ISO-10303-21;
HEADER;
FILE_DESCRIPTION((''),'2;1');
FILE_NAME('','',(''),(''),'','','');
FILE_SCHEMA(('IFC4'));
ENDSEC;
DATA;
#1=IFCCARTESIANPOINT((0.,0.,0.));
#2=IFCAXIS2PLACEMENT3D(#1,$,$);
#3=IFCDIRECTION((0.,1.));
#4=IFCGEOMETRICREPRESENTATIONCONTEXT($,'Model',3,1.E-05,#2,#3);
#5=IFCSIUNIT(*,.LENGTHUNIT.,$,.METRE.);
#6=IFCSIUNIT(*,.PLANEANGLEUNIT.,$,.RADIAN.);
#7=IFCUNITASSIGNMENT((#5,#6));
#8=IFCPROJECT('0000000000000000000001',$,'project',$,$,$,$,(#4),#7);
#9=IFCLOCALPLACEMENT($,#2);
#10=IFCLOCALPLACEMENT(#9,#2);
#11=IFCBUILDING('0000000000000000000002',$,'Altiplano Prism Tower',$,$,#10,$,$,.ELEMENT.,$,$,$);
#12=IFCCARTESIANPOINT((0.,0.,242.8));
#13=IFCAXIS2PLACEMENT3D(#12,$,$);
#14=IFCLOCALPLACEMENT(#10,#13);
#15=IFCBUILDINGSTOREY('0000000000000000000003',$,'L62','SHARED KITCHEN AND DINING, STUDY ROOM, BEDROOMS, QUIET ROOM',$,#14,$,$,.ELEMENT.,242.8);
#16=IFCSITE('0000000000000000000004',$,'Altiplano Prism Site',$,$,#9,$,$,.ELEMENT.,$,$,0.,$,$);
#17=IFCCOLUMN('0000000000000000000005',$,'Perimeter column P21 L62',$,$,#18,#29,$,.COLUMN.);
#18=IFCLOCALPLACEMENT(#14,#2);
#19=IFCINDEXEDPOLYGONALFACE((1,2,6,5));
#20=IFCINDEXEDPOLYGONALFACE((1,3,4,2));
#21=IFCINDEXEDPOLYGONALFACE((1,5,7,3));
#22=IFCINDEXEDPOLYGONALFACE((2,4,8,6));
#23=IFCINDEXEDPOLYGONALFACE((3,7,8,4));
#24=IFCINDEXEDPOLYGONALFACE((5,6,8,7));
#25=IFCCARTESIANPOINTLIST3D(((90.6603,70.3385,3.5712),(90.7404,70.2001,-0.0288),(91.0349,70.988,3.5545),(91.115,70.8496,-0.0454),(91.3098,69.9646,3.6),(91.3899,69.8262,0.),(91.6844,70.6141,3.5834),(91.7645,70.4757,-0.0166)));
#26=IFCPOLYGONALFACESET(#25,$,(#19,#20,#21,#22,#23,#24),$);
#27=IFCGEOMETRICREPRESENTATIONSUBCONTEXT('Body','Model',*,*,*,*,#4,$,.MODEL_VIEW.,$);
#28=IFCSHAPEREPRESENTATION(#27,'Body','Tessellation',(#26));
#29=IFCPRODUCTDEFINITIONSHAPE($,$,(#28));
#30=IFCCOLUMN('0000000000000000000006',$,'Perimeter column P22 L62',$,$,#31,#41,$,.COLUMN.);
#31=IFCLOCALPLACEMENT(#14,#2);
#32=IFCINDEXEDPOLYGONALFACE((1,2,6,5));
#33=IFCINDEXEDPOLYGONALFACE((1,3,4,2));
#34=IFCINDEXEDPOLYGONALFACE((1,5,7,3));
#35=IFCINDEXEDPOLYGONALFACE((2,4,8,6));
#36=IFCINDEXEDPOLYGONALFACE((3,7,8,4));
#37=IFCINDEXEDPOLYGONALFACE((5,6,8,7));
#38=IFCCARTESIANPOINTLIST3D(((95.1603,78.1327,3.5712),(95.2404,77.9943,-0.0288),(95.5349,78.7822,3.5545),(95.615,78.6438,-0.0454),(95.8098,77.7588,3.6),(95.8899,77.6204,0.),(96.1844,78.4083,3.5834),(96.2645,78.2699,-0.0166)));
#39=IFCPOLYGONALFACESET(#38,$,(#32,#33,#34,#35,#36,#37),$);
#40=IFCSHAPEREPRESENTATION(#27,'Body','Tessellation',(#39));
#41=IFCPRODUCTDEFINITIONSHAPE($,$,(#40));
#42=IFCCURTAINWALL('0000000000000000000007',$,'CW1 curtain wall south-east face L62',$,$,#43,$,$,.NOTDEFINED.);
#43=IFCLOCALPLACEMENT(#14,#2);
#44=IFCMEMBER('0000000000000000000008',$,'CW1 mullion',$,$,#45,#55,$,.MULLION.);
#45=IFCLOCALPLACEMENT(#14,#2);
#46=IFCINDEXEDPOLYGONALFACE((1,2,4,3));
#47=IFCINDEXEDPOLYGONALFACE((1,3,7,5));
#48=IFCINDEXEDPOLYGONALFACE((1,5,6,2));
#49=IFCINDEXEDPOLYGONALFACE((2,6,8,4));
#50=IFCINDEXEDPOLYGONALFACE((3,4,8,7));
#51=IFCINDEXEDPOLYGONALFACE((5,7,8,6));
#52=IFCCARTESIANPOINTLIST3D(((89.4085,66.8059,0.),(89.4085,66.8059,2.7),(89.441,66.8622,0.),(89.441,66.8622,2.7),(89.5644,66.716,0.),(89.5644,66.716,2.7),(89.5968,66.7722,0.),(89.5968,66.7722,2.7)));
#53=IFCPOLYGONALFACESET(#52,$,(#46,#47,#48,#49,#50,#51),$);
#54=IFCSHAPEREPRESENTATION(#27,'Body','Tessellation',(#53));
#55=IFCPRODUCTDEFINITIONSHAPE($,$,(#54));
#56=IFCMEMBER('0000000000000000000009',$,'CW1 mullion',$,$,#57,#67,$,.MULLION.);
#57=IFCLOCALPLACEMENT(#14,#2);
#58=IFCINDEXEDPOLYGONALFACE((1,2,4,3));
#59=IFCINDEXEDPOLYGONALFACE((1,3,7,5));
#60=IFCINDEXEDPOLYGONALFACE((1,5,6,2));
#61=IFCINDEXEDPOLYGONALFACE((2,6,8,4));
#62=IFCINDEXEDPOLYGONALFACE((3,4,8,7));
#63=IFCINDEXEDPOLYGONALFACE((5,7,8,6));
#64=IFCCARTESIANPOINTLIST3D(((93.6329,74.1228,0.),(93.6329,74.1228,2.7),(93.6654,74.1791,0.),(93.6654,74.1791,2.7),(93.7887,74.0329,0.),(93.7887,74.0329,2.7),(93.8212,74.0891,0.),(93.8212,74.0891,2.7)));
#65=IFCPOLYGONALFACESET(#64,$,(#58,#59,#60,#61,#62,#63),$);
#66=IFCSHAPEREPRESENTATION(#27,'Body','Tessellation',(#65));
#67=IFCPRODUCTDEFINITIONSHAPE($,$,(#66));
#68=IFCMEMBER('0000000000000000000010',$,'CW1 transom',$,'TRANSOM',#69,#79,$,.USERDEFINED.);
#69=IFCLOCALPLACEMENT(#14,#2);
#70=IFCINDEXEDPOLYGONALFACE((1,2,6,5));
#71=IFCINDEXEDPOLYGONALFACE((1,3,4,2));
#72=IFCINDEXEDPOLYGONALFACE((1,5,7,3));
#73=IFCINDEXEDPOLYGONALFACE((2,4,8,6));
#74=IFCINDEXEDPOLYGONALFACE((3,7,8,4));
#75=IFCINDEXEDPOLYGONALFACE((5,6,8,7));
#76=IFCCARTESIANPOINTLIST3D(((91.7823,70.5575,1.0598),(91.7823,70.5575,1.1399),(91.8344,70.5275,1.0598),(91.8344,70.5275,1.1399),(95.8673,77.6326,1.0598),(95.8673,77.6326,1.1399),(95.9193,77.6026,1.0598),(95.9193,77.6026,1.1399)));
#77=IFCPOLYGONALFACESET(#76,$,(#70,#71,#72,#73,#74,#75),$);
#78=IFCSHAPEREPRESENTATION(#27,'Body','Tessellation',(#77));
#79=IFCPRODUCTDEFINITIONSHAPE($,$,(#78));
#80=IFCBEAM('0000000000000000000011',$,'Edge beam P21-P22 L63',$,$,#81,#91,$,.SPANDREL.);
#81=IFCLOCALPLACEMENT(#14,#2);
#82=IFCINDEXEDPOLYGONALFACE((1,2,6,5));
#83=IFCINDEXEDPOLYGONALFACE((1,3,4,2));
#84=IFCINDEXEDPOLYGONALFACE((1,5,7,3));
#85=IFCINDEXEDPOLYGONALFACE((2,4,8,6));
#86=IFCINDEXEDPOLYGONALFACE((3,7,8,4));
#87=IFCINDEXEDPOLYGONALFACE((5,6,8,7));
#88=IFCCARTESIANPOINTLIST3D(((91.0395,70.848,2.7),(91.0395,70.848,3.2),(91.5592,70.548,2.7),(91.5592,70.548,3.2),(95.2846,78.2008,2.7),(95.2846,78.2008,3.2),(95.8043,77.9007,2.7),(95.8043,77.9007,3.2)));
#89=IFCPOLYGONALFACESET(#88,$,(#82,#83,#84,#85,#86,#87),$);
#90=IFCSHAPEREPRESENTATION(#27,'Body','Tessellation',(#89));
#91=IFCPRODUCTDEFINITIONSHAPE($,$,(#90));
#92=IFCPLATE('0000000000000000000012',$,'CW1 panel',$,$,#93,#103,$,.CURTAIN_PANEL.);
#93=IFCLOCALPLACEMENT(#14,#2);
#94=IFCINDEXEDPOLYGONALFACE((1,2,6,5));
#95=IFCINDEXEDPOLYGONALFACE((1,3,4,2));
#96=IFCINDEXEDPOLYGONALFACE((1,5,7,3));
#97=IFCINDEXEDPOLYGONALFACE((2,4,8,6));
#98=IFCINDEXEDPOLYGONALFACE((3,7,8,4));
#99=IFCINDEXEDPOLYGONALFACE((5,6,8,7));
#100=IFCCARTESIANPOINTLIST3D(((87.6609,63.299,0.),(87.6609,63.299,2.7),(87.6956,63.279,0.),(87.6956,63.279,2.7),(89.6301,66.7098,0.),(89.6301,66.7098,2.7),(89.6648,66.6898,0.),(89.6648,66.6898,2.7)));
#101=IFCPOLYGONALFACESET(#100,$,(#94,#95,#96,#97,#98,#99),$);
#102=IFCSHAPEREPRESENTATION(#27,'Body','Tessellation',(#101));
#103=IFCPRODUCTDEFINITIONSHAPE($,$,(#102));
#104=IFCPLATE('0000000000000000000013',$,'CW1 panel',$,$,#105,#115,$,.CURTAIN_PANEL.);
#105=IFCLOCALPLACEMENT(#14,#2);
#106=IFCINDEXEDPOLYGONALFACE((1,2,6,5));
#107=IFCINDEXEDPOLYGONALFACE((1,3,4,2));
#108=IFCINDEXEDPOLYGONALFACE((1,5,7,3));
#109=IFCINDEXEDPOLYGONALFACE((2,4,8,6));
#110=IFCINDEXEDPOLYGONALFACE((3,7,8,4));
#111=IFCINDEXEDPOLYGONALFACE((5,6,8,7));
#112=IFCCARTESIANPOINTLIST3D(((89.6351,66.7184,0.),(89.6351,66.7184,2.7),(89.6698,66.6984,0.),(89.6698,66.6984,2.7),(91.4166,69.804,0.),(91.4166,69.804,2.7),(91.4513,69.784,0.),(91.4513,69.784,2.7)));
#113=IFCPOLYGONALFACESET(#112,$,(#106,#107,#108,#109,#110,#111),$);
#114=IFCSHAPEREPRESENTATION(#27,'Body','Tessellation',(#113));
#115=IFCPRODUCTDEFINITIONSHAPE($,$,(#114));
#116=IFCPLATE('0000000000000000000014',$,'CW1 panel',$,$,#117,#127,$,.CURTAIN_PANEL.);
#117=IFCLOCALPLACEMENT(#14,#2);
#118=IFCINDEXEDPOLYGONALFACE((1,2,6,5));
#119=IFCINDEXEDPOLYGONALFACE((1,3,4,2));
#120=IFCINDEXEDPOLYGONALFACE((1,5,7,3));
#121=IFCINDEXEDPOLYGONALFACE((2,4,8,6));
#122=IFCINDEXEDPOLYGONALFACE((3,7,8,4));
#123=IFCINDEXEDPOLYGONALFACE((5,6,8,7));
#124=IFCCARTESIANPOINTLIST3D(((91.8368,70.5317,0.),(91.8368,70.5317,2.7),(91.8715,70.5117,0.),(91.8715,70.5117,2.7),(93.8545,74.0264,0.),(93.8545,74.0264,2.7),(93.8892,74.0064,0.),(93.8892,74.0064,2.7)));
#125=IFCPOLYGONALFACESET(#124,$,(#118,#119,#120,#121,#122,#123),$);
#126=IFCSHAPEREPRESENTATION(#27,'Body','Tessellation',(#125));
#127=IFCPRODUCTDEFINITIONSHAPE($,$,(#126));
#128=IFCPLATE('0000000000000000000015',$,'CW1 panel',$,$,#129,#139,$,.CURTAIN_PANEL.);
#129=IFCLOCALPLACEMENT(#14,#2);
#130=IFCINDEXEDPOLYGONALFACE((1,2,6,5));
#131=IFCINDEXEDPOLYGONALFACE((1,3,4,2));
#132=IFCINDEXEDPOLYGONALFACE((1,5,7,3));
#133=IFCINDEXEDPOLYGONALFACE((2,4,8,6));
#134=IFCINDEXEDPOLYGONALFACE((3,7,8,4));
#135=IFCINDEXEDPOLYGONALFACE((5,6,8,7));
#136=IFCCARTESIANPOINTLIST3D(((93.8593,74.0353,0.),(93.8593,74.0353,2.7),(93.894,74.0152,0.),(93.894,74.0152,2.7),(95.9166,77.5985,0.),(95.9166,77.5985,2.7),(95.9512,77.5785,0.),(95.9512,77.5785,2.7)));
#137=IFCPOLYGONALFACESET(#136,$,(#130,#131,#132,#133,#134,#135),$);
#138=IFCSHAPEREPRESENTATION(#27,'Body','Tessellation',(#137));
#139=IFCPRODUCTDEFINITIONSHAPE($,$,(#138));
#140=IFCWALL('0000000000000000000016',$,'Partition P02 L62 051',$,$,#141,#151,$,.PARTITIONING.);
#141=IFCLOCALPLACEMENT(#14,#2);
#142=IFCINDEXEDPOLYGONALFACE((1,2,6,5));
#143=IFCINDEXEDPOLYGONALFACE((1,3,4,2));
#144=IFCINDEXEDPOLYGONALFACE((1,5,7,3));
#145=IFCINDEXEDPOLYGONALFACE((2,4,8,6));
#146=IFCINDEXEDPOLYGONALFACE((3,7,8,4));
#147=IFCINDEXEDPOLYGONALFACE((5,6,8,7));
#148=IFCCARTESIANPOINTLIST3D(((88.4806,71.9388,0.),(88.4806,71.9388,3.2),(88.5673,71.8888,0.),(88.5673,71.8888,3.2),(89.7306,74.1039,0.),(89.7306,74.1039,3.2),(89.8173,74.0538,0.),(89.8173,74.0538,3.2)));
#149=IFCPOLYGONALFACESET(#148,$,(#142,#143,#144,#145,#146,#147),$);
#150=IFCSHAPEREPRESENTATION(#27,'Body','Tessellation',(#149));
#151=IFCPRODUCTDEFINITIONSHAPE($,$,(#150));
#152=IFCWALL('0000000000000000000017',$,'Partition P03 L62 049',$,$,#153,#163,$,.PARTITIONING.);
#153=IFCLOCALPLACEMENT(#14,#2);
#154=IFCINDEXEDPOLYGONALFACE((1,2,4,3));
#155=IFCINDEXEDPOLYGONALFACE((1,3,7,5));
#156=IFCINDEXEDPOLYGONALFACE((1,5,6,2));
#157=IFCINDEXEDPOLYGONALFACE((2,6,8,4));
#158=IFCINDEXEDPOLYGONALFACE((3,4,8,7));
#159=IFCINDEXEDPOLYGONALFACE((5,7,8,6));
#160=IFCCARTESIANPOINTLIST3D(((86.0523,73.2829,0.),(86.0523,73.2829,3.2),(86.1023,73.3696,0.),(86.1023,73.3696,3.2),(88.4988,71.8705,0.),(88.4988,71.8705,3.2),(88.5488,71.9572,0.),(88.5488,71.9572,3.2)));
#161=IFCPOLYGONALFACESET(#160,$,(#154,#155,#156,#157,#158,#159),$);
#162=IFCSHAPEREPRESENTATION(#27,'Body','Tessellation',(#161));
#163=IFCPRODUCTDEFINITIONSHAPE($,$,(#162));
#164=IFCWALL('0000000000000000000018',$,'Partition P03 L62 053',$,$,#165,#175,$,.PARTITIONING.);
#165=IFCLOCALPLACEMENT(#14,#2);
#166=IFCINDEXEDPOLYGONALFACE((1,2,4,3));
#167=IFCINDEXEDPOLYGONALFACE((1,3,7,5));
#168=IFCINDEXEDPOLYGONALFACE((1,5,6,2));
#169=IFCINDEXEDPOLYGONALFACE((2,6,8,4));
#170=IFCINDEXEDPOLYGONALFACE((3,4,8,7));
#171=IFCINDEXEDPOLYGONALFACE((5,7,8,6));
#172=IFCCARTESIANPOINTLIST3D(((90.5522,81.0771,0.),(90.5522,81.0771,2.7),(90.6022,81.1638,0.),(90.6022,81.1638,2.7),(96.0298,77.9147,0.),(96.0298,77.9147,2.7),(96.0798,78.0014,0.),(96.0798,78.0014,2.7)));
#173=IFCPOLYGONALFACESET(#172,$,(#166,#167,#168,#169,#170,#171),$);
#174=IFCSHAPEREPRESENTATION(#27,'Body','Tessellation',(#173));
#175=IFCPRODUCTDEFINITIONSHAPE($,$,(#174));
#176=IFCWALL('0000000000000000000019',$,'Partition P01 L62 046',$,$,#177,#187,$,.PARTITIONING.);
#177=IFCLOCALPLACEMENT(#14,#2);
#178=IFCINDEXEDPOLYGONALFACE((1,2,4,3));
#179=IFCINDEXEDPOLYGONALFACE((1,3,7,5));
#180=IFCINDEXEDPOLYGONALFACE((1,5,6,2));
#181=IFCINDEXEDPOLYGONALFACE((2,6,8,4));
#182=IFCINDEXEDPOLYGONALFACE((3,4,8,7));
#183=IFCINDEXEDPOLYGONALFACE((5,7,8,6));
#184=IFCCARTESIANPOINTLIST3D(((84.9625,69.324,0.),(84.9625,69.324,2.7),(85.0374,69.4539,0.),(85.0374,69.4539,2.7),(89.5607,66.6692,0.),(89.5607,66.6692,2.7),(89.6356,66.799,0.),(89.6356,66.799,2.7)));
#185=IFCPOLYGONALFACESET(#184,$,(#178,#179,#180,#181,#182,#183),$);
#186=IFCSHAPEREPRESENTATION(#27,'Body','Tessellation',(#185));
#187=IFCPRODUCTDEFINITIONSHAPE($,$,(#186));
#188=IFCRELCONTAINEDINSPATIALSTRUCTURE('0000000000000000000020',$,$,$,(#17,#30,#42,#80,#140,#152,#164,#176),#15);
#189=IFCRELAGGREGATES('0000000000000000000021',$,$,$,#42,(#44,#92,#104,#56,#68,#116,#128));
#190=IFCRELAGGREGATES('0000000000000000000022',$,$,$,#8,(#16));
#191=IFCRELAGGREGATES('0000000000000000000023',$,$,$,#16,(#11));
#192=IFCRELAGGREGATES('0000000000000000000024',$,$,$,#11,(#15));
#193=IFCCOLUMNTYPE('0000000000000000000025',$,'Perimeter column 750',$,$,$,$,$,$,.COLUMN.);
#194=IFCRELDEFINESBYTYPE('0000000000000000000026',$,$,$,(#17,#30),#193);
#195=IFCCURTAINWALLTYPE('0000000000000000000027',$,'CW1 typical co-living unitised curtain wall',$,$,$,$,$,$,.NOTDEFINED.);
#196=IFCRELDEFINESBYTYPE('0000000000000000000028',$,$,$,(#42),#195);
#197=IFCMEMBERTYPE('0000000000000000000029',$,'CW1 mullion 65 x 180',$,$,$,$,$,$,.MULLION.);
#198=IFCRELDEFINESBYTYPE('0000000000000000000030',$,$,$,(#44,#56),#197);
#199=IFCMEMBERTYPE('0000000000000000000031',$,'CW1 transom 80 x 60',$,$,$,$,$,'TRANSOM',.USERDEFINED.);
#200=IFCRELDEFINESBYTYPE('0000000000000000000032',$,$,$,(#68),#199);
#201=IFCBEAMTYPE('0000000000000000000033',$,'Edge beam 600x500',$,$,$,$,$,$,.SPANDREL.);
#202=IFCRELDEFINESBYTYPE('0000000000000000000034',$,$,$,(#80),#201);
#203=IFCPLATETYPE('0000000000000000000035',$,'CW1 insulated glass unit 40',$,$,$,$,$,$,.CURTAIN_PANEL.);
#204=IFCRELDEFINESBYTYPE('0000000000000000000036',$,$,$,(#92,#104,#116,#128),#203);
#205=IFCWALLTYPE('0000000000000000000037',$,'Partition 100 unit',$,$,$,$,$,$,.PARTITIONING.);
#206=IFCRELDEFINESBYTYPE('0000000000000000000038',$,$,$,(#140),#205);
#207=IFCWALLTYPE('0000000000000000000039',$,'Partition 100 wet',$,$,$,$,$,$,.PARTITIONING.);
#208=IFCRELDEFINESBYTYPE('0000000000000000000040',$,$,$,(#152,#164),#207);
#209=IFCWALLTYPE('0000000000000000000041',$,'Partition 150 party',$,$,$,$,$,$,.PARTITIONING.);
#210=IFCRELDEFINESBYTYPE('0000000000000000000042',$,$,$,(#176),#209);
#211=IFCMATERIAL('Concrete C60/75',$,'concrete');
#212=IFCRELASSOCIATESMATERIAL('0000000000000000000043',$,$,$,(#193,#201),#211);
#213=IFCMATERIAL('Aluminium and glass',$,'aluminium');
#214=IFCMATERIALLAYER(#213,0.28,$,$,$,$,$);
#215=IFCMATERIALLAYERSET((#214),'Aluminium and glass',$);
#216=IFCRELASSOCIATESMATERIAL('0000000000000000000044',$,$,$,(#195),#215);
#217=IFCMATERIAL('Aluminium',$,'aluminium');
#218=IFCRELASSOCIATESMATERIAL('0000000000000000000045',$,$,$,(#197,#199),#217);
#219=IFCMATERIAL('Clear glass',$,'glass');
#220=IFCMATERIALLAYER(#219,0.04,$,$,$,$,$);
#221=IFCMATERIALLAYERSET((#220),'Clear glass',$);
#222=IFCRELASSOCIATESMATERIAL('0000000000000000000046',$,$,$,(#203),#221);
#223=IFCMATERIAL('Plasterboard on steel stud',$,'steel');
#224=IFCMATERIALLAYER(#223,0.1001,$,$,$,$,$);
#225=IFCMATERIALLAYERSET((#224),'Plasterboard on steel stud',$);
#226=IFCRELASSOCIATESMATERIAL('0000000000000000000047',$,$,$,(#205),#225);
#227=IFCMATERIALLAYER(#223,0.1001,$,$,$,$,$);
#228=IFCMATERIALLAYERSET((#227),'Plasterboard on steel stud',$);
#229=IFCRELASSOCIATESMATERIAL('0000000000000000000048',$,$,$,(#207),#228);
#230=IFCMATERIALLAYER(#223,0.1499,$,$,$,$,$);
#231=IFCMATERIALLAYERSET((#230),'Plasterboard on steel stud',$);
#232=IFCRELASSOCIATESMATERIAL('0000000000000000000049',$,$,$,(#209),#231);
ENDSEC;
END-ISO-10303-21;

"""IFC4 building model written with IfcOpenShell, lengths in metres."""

from ifc_helpers import new_model, si_unit, direction, frame, frame_2d, origin, origin_2d, place, context, subcontext, project, spatial, rectangle, extrude, material, layer, layer_set, material_profile, profile_set, type_object, element, aggregate, save


model = new_model("IFC4")

# Units and contexts
model_context = context("Model", 3, precision=1e-05, world=origin(), true_north=direction((0.0, 1.0)))
body_context = subcontext(model_context, "Body", "Model", "MODEL_VIEW")
ifc_project = project(units=[si_unit("LENGTHUNIT", "METRE"), si_unit("PLANEANGLEUNIT", "RADIAN")], contexts=[model_context])

# Site, building, storey
site_placement = place(None, origin())
site = spatial("IfcSite", under=ifc_project, at=site_placement, Name="Altiplano Prism Site", CompositionType="ELEMENT", RefElevation=0.0)
building_placement = place(site_placement, origin())
building = spatial("IfcBuilding", under=site, at=building_placement, Name="Altiplano Prism Tower", CompositionType="ELEMENT")
storey_placement = place(building_placement, frame((0.0, 0.0, 242.8)))
storey = spatial("IfcBuildingStorey", under=building, at=storey_placement, Name="L62", Description="SHARED KITCHEN AND DINING, STUDY ROOM, BEDROOMS, QUIET ROOM", CompositionType="ELEMENT", Elevation=242.8)

# Columns
ifc_material_1 = material(Name="Concrete C60/75", Category="concrete")
ifc_material_profile_1 = material_profile(ifc_material_1, rectangle(XDim=0.75, YDim=0.75, at=origin_2d()), Name="Perimeter column 750")
ifc_profile_set_1 = profile_set([ifc_material_profile_1], Name="Concrete C60/75")
column_type = type_object("IfcColumnType", Name="Perimeter column 750", PredefinedType="COLUMN", material=ifc_profile_set_1)
for number, where, z_axis, x_axis, name in (
    (1, (91.2524, 70.3379, -0.0227), (-0.022223, 0.038416, 0.999015), (-0.499508, -0.866025, 0.02219), "Perimeter column P21 L62"),
    (2, (95.7524, 78.1321, -0.0227), (-0.022223, 0.038416, 0.999015), (-0.499508, -0.866025, 0.02219), "Perimeter column P22 L62"),
):
    element("IfcColumn", number, at=place(storey_placement, frame(where, z_axis=z_axis, x_axis=x_axis)), inside=storey, type_object=column_type, Name=name, PredefinedType="COLUMN", context=body_context, shape_type="SweptSolid", body=[
        extrude(rectangle(XDim=0.75, YDim=0.75, at=origin_2d()), origin(), (0.0, 0.0, 1.0), 3.6035),
    ])

# Curtain wall, members
ifc_material_2 = material(Name="Aluminium and glass", Category="aluminium")
ifc_layer_1 = layer(ifc_material_2, 0.28)
ifc_layer_set_1 = layer_set([ifc_layer_1], Name="Aluminium and glass")
curtain_wall_type = type_object("IfcCurtainWallType", Name="CW1 typical co-living unitised curtain wall", PredefinedType="NOTDEFINED", material=ifc_layer_set_1)
curtain_wall_placement = place(storey_placement, origin())
curtain_wall = element("IfcCurtainWall", 3, at=curtain_wall_placement, inside=storey, type_object=curtain_wall_type, Name="CW1 curtain wall south-east face L62", PredefinedType="NOTDEFINED")
ifc_material_3 = material(Name="Aluminium", Category="aluminium")
ifc_material_profile_2 = material_profile(ifc_material_3, rectangle(XDim=0.1799, YDim=0.0649, at=origin_2d()), Name="CW1 mullion 65 x 180")
ifc_profile_set_2 = profile_set([ifc_material_profile_2], Name="Aluminium")
member_type_1 = type_object("IfcMemberType", Name="CW1 mullion 65 x 180", PredefinedType="MULLION", material=ifc_profile_set_2)
member_1_placement = place(storey_placement, frame((89.5027, 66.7891, 0.0), z_axis=(0.0, 0.0, 1.0), x_axis=(-0.866025, 0.5, 0.0)))
member_1 = element("IfcMember", 4, at=member_1_placement, type_object=member_type_1, Name="CW1 mullion", PredefinedType="MULLION", context=body_context, shape_type="SweptSolid", body=[
    extrude(rectangle(XDim=0.1799, YDim=0.0649, at=origin_2d()), origin(), (0.0, 0.0, 1.0), 2.7),
])
member_2_placement = place(storey_placement, frame((93.7271, 74.106, 0.0), z_axis=(0.0, 0.0, 1.0), x_axis=(-0.866025, 0.5, 0.0)))
member_2 = element("IfcMember", 5, at=member_2_placement, type_object=member_type_1, Name="CW1 mullion", PredefinedType="MULLION", context=body_context, shape_type="SweptSolid", body=[
    extrude(rectangle(XDim=0.1799, YDim=0.0649, at=origin_2d()), origin(), (0.0, 0.0, 1.0), 2.7),
])
ifc_material_profile_3 = material_profile(ifc_material_3, rectangle(XDim=0.0601, YDim=0.0801, at=origin_2d()), Name="CW1 transom 80 x 60")
ifc_profile_set_3 = profile_set([ifc_material_profile_3], Name="Aluminium")
member_type_2 = type_object("IfcMemberType", Name="CW1 transom 80 x 60", ElementType="TRANSOM", PredefinedType="USERDEFINED", material=ifc_profile_set_3)
member_3_placement = place(storey_placement, frame((91.8083, 70.5425, 1.0999), z_axis=(0.500009, 0.86602, 0.0), x_axis=(-0.86602, 0.500009, 0.0)))
member_3 = element("IfcMember", 6, at=member_3_placement, type_object=member_type_2, Name="CW1 transom", ObjectType="TRANSOM", PredefinedType="USERDEFINED", context=body_context, shape_type="SweptSolid", body=[
    extrude(rectangle(XDim=0.0601, YDim=0.0801, at=origin_2d()), origin(), (0.0, 0.0, 1.0), 8.1697),
])

# Beam
ifc_material_profile_4 = material_profile(ifc_material_1, rectangle(XDim=0.6001, YDim=0.5, at=origin_2d()), Name="Edge beam 600x500")
ifc_profile_set_4 = profile_set([ifc_material_profile_4], Name="Concrete C60/75")
beam_type = type_object("IfcBeamType", Name="Edge beam 600x500", PredefinedType="SPANDREL", material=ifc_profile_set_4)
beam_placement = place(storey_placement, frame((91.2993, 70.698, 2.95), z_axis=(0.499999, 0.866026, 0.0), x_axis=(-0.866026, 0.499999, 0.0)))
element("IfcBeam", 7, at=beam_placement, inside=storey, type_object=beam_type, Name="Edge beam P21-P22 L63", PredefinedType="SPANDREL", context=body_context, shape_type="SweptSolid", body=[
    extrude(rectangle(XDim=0.6001, YDim=0.5, at=origin_2d()), origin(), (0.0, 0.0, 1.0), 8.4902),
])

# Plates
ifc_material_4 = material(Name="Clear glass", Category="glass")
ifc_layer_2 = layer(ifc_material_4, 0.04)
ifc_layer_set_2 = layer_set([ifc_layer_2], Name="Clear glass")
plate_type = type_object("IfcPlateType", Name="CW1 insulated glass unit 40", PredefinedType="CURTAIN_PANEL", material=ifc_layer_set_2)
plate_1_placement = place(storey_placement, frame((88.6628, 64.9944, 0.0), z_axis=(0.0, 0.0, 1.0), x_axis=(0.5, 0.866025, 0.0)))
plate_1 = element("IfcPlate", 8, at=plate_1_placement, type_object=plate_type, Name="CW1 panel", PredefinedType="CURTAIN_PANEL", context=body_context, shape_type="SweptSolid", body=[
    extrude(rectangle(XDim=3.9385, YDim=0.04, at=origin_2d()), origin(), (0.0, 0.0, 1.0), 2.7),
])
plate_2_placement = place(storey_placement, frame((90.5432, 68.2512, 0.0), z_axis=(0.0, 0.0, 1.0), x_axis=(0.5, 0.866025, 0.0)))
plate_2 = element("IfcPlate", 9, at=plate_2_placement, type_object=plate_type, Name="CW1 panel", PredefinedType="CURTAIN_PANEL", context=body_context, shape_type="SweptSolid", body=[
    extrude(rectangle(XDim=3.563, YDim=0.04, at=origin_2d()), origin(), (0.0, 0.0, 1.0), 2.7),
])
plate_3_placement = place(storey_placement, frame((92.863, 72.269, 0.0), z_axis=(0.0, 0.0, 1.0), x_axis=(0.5, 0.866025, 0.0)))
plate_3 = element("IfcPlate", 10, at=plate_3_placement, type_object=plate_type, Name="CW1 panel", PredefinedType="CURTAIN_PANEL", context=body_context, shape_type="SweptSolid", body=[
    extrude(rectangle(XDim=4.0354, YDim=0.04, at=origin_2d()), origin(), (0.0, 0.0, 1.0), 2.7),
])
plate_4_placement = place(storey_placement, frame((94.9053, 75.8069, 0.0), z_axis=(0.0, 0.0, 1.0), x_axis=(0.5, 0.866025, 0.0)))
plate_4 = element("IfcPlate", 11, at=plate_4_placement, type_object=plate_type, Name="CW1 panel", PredefinedType="CURTAIN_PANEL", context=body_context, shape_type="SweptSolid", body=[
    extrude(rectangle(XDim=4.1145, YDim=0.04, at=origin_2d()), origin(), (0.0, 0.0, 1.0), 2.7),
])
aggregate(curtain_wall, [member_1, plate_1, plate_2, member_2, member_3, plate_3, plate_4])

# Walls
ifc_material_5 = material(Name="Plasterboard on steel stud", Category="steel")
ifc_layer_3 = layer(ifc_material_5, 0.1001)
ifc_layer_set_3 = layer_set([ifc_layer_3], Name="Plasterboard on steel stud")
wall_type_1 = type_object("IfcWallType", Name="Partition 100 unit", PredefinedType="PARTITIONING", material=ifc_layer_set_3)
wall_1_placement = place(storey_placement, frame((89.7739, 74.0789, 0.0), z_axis=(0.0, 0.0, 1.0), x_axis=(-0.500004, -0.866023, 0.0)))
element("IfcWall", 12, at=wall_1_placement, inside=storey, type_object=wall_type_1, Name="Partition P02 L62 051", PredefinedType="PARTITIONING", context=body_context, shape_type="SweptSolid", body=[
    extrude(rectangle(XDim=2.5, YDim=0.1001, at=frame_2d((1.25, 0.0))), origin(), (0.0, 0.0, 1.0), 3.2),
])
ifc_layer_4 = layer(ifc_material_5, 0.1001)
ifc_layer_set_4 = layer_set([ifc_layer_4], Name="Plasterboard on steel stud")
wall_type_2 = type_object("IfcWallType", Name="Partition 100 wet", PredefinedType="PARTITIONING", material=ifc_layer_set_4)
wall_2_placement = place(storey_placement, frame((88.5239, 71.9138, 0.0), z_axis=(0.0, 0.0, 1.0), x_axis=(-0.866049, 0.499959, 0.0)))
element("IfcWall", 13, at=wall_2_placement, inside=storey, type_object=wall_type_2, Name="Partition P03 L62 049", PredefinedType="PARTITIONING", context=body_context, shape_type="SweptSolid", body=[
    extrude(rectangle(XDim=2.825, YDim=0.1001, at=frame_2d((1.4126, 0.0))), origin(), (0.0, 0.0, 1.0), 3.2),
])
wall_3_placement = place(storey_placement, frame((96.0549, 77.958, 0.0), z_axis=(0.0, 0.0, 1.0), x_axis=(-0.866033, 0.499988, 0.0)))
element("IfcWall", 14, at=wall_3_placement, inside=storey, type_object=wall_type_2, Name="Partition P03 L62 053", PredefinedType="PARTITIONING", context=body_context, shape_type="SweptSolid", body=[
    extrude(rectangle(XDim=6.325, YDim=0.1001, at=frame_2d((3.1626, 0.0))), origin(), (0.0, 0.0, 1.0), 2.7),
])
ifc_layer_5 = layer(ifc_material_5, 0.1499)
ifc_layer_set_5 = layer_set([ifc_layer_5], Name="Plasterboard on steel stud")
wall_type_3 = type_object("IfcWallType", Name="Partition 150 party", PredefinedType="PARTITIONING", material=ifc_layer_set_5)
wall_4_placement = place(storey_placement, frame((89.5981, 66.7341, 0.0), z_axis=(0.0, 0.0, 1.0), x_axis=(-0.866022, 0.500006, 0.0)))
element("IfcWall", 15, at=wall_4_placement, inside=storey, type_object=wall_type_3, Name="Partition P01 L62 046", PredefinedType="PARTITIONING", context=body_context, shape_type="SweptSolid", body=[
    extrude(rectangle(XDim=5.3096, YDim=0.1499, at=frame_2d((2.6548, 0.0))), origin(), (0.0, 0.0, 1.0), 2.7),
])

save(model, "model.ifc")
